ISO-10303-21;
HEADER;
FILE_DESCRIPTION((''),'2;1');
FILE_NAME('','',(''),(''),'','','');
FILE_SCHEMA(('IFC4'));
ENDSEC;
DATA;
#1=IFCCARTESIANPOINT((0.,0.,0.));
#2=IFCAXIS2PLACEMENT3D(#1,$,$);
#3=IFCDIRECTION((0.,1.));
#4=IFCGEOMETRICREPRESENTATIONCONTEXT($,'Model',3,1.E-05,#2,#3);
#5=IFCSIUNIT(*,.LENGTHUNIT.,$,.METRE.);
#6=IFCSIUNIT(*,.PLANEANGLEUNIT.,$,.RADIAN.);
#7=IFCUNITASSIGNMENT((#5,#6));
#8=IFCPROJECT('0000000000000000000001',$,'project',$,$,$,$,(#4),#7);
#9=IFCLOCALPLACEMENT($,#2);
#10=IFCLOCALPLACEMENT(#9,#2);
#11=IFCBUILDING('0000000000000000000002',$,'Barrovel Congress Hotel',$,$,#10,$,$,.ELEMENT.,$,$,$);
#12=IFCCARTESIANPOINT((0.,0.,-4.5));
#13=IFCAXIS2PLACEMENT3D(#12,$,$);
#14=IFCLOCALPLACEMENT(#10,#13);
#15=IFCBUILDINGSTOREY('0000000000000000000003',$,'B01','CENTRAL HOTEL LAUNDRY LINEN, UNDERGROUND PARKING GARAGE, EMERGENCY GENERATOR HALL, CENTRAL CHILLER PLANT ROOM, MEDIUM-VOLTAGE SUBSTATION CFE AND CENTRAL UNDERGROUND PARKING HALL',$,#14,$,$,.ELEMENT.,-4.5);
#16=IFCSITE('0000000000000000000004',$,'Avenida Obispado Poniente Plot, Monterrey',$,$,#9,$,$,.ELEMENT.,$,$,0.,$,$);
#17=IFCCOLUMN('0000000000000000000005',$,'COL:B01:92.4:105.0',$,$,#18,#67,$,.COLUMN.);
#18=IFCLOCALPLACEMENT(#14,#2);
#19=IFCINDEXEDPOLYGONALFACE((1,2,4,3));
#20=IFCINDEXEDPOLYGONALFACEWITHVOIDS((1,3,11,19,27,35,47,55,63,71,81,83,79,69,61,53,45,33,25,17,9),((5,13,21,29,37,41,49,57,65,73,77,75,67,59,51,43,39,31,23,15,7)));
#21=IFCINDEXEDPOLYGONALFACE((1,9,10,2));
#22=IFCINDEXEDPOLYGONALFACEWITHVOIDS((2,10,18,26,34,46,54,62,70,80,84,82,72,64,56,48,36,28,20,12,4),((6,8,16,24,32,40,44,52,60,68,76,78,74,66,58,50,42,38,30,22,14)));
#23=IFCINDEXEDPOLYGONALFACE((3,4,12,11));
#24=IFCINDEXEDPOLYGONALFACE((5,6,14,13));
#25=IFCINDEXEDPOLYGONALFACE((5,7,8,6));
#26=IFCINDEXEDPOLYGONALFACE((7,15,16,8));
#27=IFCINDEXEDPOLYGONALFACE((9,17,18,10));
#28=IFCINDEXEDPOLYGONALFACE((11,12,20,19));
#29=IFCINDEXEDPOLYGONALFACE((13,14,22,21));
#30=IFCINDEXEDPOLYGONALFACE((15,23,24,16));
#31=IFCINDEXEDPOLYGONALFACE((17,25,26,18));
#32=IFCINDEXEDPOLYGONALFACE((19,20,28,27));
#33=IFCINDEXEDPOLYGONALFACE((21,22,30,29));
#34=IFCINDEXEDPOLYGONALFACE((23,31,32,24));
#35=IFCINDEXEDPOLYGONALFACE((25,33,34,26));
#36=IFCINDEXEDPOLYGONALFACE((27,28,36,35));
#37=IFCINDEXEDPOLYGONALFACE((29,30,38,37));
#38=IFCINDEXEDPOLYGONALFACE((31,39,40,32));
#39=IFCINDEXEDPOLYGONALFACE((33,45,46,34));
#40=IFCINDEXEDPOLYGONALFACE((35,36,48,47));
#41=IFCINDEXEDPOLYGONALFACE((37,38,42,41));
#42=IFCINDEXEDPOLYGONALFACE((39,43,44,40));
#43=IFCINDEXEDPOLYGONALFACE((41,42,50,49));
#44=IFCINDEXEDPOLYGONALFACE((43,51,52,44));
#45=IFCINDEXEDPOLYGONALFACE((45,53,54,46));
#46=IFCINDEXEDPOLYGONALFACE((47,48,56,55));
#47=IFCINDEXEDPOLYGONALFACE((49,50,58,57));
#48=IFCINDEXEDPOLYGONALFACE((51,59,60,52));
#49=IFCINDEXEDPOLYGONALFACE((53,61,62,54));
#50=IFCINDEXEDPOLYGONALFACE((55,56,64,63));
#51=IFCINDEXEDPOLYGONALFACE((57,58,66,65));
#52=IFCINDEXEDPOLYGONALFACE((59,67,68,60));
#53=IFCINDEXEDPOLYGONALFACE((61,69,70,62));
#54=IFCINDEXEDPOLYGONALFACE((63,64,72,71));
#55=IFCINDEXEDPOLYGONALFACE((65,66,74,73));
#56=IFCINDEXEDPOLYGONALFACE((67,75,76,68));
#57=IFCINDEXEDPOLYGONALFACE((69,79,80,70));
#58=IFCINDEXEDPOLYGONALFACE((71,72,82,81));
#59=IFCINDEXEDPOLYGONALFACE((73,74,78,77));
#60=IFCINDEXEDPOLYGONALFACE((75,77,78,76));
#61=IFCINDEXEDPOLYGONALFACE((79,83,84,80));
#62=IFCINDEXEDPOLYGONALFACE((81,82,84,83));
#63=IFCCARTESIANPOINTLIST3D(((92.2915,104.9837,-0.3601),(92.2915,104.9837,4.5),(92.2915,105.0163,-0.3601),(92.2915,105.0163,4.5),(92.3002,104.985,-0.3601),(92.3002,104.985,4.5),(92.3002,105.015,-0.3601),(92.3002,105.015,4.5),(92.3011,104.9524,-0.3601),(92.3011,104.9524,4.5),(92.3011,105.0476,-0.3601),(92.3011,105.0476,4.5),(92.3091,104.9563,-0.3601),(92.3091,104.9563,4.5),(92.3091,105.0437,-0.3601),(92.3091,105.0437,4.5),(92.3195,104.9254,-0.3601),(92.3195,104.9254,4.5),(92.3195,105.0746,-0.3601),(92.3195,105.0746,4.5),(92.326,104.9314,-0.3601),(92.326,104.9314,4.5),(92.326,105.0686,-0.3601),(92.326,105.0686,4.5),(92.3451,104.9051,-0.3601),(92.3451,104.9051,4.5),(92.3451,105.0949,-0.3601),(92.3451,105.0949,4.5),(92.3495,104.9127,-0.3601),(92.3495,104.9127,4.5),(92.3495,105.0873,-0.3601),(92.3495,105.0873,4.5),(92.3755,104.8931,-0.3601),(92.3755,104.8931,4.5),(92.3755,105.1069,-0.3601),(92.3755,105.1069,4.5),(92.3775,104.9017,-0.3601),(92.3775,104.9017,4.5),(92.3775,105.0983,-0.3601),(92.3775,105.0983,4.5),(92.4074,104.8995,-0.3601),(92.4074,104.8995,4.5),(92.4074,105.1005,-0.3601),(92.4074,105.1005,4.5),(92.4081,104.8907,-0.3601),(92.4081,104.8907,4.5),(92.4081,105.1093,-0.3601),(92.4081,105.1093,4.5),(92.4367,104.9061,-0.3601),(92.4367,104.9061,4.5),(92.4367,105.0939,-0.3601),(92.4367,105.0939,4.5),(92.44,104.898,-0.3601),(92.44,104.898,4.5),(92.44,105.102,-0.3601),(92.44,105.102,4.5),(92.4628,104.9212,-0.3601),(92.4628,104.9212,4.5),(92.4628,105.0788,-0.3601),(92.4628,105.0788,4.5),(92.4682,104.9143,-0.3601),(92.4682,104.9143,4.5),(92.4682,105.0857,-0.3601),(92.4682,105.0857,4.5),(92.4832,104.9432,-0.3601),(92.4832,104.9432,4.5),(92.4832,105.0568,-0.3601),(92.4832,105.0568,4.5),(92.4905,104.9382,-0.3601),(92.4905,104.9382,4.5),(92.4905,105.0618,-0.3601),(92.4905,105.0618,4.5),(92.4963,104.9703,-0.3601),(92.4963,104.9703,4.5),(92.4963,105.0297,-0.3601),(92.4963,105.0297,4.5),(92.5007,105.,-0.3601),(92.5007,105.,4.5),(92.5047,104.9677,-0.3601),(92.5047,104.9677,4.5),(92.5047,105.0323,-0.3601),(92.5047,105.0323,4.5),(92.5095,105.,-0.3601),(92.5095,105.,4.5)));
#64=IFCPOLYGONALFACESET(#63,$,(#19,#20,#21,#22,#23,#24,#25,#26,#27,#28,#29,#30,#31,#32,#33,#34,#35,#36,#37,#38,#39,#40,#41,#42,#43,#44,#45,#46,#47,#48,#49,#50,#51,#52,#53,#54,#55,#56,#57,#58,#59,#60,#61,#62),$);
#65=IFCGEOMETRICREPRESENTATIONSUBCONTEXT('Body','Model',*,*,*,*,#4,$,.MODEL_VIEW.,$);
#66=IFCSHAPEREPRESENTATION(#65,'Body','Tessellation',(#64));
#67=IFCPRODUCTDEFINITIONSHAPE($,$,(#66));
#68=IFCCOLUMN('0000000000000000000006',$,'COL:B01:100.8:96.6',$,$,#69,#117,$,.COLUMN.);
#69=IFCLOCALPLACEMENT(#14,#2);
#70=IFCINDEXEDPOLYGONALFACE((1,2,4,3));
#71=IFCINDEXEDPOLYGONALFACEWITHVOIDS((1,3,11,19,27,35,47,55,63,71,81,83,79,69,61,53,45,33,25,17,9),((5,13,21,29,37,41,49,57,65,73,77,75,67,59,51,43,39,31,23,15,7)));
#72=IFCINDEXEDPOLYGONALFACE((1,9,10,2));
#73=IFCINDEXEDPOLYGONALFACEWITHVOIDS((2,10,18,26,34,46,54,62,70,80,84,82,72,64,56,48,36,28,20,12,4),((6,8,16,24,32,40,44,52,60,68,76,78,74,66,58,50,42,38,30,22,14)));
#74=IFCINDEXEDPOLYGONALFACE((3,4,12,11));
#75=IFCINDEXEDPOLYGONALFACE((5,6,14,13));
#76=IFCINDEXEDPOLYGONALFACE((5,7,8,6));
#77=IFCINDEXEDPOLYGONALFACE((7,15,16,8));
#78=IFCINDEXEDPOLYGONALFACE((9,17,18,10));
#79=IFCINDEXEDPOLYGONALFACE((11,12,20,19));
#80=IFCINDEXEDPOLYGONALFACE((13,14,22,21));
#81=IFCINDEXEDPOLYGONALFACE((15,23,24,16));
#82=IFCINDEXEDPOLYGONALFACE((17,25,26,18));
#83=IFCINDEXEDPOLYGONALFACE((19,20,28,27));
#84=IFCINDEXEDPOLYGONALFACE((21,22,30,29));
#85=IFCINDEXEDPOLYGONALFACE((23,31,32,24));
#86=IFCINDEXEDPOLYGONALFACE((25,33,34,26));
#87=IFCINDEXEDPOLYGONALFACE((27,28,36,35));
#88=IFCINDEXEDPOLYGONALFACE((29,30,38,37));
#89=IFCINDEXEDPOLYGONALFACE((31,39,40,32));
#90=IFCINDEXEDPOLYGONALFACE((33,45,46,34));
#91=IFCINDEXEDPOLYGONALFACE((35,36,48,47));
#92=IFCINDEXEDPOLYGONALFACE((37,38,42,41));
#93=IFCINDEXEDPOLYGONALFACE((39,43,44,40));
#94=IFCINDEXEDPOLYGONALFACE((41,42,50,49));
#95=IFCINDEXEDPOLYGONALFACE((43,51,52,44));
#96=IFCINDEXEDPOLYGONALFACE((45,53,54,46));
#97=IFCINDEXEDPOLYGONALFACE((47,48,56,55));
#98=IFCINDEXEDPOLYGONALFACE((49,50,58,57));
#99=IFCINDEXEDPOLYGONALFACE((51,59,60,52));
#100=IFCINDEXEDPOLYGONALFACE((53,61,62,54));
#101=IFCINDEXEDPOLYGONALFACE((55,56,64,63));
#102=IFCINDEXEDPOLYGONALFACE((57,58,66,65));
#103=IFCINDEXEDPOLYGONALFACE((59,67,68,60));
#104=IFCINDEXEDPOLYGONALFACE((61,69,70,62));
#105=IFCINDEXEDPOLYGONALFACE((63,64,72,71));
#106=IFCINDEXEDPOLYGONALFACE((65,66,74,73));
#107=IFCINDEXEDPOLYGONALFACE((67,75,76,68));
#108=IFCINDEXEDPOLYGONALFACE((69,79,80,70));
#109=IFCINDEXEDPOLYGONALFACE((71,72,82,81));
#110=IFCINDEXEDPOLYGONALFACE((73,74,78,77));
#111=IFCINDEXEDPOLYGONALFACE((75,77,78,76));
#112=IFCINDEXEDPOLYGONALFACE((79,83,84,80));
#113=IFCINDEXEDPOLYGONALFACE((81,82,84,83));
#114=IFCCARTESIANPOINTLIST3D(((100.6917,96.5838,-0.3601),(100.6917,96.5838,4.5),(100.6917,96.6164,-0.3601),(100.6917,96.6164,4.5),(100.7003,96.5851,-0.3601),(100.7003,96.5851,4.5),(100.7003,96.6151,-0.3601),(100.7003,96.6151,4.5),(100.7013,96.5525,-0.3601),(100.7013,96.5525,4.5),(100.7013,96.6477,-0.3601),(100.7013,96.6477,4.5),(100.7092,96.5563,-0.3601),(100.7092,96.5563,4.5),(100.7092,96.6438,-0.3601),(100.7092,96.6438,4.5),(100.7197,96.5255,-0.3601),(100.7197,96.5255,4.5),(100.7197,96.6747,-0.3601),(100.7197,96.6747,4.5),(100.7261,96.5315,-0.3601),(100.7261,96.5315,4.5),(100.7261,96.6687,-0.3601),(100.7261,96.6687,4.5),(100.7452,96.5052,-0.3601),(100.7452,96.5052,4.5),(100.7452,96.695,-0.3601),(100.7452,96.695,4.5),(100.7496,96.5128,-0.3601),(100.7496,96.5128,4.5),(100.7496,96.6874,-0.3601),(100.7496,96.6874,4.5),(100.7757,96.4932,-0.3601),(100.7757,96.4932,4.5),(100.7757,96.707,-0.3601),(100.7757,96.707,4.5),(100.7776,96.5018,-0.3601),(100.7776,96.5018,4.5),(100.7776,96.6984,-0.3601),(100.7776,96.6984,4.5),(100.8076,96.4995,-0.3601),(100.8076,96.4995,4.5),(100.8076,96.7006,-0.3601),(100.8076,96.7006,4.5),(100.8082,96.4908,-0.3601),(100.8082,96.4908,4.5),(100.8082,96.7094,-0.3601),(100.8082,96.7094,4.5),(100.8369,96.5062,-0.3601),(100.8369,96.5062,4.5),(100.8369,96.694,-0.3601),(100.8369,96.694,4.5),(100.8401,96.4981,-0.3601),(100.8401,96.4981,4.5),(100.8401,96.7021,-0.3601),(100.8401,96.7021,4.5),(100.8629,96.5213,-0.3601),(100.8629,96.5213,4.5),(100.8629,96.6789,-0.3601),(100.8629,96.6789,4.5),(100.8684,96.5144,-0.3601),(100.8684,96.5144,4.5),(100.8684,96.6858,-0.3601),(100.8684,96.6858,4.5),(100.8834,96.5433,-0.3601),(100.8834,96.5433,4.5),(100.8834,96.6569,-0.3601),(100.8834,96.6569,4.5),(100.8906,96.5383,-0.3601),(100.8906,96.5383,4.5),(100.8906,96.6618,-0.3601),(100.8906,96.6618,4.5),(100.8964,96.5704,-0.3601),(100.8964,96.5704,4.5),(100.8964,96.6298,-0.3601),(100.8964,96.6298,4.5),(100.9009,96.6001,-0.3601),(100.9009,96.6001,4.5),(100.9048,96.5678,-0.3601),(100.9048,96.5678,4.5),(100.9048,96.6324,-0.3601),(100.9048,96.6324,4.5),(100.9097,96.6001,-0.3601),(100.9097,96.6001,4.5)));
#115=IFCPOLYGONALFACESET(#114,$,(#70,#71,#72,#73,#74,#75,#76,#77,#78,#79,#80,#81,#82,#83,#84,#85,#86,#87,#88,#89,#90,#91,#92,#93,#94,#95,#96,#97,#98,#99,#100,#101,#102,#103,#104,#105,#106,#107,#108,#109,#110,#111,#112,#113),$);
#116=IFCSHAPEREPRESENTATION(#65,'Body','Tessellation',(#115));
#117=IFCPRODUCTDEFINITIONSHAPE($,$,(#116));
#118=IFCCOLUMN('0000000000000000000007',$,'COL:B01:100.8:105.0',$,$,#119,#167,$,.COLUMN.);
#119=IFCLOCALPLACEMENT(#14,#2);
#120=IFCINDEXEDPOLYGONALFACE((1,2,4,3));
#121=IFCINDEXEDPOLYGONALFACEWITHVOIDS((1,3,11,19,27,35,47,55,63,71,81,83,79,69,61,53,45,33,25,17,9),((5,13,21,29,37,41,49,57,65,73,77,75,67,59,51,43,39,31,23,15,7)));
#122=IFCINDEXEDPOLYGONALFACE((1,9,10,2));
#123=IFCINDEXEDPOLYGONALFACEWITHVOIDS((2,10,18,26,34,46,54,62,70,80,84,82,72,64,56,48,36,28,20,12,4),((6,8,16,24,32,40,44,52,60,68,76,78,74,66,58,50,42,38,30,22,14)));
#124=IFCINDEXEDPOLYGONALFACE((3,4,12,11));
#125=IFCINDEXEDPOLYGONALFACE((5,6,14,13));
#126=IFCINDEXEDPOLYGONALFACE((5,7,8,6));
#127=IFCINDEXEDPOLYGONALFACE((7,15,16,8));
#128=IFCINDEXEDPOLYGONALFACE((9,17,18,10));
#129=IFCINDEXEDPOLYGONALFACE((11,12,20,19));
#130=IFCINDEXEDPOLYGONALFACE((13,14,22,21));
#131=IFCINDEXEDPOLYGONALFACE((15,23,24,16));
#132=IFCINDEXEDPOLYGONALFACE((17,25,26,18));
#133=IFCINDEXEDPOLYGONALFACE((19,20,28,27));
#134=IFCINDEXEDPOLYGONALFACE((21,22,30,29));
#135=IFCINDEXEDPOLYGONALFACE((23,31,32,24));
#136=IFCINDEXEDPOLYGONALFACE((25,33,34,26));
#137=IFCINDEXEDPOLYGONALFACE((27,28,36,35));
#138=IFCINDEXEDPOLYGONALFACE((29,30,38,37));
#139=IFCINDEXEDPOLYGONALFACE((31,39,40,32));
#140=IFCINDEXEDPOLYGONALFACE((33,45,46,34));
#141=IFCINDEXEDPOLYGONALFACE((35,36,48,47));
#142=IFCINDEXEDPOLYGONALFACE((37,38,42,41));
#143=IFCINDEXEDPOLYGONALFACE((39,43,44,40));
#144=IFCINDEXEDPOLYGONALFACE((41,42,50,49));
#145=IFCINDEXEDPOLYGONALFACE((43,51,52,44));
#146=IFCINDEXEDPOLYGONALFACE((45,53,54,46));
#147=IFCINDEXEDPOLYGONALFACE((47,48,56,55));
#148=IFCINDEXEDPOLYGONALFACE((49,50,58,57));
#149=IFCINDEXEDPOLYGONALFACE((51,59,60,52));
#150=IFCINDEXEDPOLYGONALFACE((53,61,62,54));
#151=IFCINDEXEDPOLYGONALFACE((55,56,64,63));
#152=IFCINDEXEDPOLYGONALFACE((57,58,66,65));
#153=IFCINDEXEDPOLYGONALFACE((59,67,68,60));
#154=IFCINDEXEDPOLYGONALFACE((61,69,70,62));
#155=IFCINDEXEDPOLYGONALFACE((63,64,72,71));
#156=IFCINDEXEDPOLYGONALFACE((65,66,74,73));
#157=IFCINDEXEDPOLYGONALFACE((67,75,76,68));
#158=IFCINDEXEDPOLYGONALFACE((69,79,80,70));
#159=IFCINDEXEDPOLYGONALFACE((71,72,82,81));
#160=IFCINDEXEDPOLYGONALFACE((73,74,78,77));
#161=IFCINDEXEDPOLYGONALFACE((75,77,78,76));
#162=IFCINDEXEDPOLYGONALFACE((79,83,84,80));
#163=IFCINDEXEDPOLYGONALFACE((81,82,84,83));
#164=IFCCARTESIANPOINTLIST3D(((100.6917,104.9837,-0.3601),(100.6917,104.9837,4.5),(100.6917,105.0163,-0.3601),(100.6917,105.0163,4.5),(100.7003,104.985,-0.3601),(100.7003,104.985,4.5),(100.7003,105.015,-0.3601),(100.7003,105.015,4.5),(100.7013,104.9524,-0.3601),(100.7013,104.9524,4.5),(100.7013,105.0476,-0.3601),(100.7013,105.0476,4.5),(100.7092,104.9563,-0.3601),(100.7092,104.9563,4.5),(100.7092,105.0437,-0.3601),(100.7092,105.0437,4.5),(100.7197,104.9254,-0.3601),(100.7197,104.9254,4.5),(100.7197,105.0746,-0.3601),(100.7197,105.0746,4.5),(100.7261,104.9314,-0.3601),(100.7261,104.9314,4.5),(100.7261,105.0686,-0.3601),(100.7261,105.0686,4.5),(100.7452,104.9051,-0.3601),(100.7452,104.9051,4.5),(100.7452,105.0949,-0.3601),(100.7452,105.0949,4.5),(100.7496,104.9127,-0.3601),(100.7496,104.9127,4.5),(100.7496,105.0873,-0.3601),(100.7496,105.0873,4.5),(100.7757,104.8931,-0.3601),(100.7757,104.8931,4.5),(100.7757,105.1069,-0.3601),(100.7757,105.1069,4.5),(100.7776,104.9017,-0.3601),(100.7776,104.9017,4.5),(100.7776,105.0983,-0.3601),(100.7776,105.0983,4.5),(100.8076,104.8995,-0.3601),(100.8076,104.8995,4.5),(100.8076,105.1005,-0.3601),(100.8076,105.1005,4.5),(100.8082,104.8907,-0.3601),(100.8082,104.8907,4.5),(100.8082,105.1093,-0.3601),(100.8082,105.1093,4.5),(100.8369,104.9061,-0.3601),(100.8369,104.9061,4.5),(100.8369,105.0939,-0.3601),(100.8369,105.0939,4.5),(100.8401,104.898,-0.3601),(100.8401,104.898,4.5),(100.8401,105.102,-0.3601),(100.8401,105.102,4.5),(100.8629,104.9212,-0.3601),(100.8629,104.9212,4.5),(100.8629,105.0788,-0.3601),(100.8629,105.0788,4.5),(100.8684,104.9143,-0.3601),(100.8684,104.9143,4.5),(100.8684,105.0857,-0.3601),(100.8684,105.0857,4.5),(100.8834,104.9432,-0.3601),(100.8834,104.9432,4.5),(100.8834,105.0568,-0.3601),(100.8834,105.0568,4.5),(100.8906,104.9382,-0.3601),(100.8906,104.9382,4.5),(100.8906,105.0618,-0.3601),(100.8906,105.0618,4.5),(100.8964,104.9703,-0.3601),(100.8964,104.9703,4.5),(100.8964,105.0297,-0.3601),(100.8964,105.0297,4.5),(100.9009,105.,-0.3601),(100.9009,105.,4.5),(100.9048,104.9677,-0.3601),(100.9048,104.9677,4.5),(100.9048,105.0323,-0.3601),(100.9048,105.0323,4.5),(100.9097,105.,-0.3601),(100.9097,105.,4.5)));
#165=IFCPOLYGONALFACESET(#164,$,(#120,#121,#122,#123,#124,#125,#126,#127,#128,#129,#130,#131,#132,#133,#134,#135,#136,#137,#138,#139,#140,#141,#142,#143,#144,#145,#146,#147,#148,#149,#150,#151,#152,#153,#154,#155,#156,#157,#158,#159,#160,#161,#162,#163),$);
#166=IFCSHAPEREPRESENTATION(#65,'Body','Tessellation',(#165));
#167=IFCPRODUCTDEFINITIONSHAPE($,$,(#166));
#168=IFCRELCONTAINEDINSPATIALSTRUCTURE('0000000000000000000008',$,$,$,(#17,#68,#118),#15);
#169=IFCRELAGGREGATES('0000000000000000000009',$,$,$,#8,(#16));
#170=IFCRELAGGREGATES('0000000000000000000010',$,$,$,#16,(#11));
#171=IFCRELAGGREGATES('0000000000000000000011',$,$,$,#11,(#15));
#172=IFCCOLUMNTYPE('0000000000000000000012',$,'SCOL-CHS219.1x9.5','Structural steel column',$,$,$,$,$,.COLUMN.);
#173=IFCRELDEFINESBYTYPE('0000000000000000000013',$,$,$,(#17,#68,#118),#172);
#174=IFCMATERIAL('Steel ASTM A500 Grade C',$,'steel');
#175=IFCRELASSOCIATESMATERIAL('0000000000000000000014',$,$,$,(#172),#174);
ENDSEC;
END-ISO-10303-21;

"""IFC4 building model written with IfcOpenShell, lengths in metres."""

from ifc_helpers import new_model, si_unit, direction, frame, origin, origin_2d, place, context, subcontext, project, spatial, hollow_circle, extrude, material, material_profile, profile_set, type_object, element, save


model = new_model("IFC4")

# Units and contexts
model_context = context("Model", 3, precision=1e-05, world=origin(), true_north=direction((0.0, 1.0)))
body_context = subcontext(model_context, "Body", "Model", "MODEL_VIEW")
ifc_project = project(units=[si_unit("LENGTHUNIT", "METRE"), si_unit("PLANEANGLEUNIT", "RADIAN")], contexts=[model_context])

# Site, building, storey
site_placement = place(None, origin())
site = spatial("IfcSite", under=ifc_project, at=site_placement, Name="Avenida Obispado Poniente Plot, Monterrey", CompositionType="ELEMENT", RefElevation=0.0)
building_placement = place(site_placement, origin())
building = spatial("IfcBuilding", under=site, at=building_placement, Name="Barrovel Congress Hotel", CompositionType="ELEMENT")
storey_placement = place(building_placement, frame((0.0, 0.0, -4.5)))
storey = spatial("IfcBuildingStorey", under=building, at=storey_placement, Name="B01", Description="CENTRAL HOTEL LAUNDRY LINEN, UNDERGROUND PARKING GARAGE, EMERGENCY GENERATOR HALL, CENTRAL CHILLER PLANT ROOM, MEDIUM-VOLTAGE SUBSTATION CFE AND CENTRAL UNDERGROUND PARKING HALL", CompositionType="ELEMENT", Elevation=-4.5)

# Columns
ifc_material_1 = material(Name="Steel ASTM A500 Grade C", Category="steel")
ifc_material_profile_1 = material_profile(ifc_material_1, hollow_circle(Radius=0.1096, WallThickness=0.0088, at=origin_2d()), Name="CHS219.1x9.5")
ifc_profile_set_1 = profile_set([ifc_material_profile_1], Name="Steel ASTM A500 Grade C")
column_type_1 = type_object("IfcColumnType", Name="SCOL-CHS219.1x9.5", Description="Structural steel column", PredefinedType="COLUMN", material=ifc_profile_set_1)
for number, where, z_axis, x_axis, name in (
    (1, (92.3999, 105.0, -0.3601), (0.0, 0.0, 1.0), (1.0, 0.0, 0.0), "COL:B01:92.4:105.0"),
    (2, (100.8, 96.6001, -0.3601), (0.0, 0.0, 1.0), (1.0, 0.0, 0.0), "COL:B01:100.8:96.6"),
    (3, (100.8, 105.0, -0.3601), (0.0, 0.0, 1.0), (1.0, 0.0, 0.0), "COL:B01:100.8:105.0"),
):
    element("IfcColumn", number, at=place(storey_placement, frame(where, z_axis=z_axis, x_axis=x_axis)), inside=storey, type_object=column_type_1, Name=name, PredefinedType="COLUMN", context=body_context, shape_type="SweptSolid", body=[
        extrude(hollow_circle(Radius=0.1096, WallThickness=0.0088, at=origin_2d()), origin(), (0.0, 0.0, 1.0), 4.8601),
    ])

save(model, "model.ifc")
